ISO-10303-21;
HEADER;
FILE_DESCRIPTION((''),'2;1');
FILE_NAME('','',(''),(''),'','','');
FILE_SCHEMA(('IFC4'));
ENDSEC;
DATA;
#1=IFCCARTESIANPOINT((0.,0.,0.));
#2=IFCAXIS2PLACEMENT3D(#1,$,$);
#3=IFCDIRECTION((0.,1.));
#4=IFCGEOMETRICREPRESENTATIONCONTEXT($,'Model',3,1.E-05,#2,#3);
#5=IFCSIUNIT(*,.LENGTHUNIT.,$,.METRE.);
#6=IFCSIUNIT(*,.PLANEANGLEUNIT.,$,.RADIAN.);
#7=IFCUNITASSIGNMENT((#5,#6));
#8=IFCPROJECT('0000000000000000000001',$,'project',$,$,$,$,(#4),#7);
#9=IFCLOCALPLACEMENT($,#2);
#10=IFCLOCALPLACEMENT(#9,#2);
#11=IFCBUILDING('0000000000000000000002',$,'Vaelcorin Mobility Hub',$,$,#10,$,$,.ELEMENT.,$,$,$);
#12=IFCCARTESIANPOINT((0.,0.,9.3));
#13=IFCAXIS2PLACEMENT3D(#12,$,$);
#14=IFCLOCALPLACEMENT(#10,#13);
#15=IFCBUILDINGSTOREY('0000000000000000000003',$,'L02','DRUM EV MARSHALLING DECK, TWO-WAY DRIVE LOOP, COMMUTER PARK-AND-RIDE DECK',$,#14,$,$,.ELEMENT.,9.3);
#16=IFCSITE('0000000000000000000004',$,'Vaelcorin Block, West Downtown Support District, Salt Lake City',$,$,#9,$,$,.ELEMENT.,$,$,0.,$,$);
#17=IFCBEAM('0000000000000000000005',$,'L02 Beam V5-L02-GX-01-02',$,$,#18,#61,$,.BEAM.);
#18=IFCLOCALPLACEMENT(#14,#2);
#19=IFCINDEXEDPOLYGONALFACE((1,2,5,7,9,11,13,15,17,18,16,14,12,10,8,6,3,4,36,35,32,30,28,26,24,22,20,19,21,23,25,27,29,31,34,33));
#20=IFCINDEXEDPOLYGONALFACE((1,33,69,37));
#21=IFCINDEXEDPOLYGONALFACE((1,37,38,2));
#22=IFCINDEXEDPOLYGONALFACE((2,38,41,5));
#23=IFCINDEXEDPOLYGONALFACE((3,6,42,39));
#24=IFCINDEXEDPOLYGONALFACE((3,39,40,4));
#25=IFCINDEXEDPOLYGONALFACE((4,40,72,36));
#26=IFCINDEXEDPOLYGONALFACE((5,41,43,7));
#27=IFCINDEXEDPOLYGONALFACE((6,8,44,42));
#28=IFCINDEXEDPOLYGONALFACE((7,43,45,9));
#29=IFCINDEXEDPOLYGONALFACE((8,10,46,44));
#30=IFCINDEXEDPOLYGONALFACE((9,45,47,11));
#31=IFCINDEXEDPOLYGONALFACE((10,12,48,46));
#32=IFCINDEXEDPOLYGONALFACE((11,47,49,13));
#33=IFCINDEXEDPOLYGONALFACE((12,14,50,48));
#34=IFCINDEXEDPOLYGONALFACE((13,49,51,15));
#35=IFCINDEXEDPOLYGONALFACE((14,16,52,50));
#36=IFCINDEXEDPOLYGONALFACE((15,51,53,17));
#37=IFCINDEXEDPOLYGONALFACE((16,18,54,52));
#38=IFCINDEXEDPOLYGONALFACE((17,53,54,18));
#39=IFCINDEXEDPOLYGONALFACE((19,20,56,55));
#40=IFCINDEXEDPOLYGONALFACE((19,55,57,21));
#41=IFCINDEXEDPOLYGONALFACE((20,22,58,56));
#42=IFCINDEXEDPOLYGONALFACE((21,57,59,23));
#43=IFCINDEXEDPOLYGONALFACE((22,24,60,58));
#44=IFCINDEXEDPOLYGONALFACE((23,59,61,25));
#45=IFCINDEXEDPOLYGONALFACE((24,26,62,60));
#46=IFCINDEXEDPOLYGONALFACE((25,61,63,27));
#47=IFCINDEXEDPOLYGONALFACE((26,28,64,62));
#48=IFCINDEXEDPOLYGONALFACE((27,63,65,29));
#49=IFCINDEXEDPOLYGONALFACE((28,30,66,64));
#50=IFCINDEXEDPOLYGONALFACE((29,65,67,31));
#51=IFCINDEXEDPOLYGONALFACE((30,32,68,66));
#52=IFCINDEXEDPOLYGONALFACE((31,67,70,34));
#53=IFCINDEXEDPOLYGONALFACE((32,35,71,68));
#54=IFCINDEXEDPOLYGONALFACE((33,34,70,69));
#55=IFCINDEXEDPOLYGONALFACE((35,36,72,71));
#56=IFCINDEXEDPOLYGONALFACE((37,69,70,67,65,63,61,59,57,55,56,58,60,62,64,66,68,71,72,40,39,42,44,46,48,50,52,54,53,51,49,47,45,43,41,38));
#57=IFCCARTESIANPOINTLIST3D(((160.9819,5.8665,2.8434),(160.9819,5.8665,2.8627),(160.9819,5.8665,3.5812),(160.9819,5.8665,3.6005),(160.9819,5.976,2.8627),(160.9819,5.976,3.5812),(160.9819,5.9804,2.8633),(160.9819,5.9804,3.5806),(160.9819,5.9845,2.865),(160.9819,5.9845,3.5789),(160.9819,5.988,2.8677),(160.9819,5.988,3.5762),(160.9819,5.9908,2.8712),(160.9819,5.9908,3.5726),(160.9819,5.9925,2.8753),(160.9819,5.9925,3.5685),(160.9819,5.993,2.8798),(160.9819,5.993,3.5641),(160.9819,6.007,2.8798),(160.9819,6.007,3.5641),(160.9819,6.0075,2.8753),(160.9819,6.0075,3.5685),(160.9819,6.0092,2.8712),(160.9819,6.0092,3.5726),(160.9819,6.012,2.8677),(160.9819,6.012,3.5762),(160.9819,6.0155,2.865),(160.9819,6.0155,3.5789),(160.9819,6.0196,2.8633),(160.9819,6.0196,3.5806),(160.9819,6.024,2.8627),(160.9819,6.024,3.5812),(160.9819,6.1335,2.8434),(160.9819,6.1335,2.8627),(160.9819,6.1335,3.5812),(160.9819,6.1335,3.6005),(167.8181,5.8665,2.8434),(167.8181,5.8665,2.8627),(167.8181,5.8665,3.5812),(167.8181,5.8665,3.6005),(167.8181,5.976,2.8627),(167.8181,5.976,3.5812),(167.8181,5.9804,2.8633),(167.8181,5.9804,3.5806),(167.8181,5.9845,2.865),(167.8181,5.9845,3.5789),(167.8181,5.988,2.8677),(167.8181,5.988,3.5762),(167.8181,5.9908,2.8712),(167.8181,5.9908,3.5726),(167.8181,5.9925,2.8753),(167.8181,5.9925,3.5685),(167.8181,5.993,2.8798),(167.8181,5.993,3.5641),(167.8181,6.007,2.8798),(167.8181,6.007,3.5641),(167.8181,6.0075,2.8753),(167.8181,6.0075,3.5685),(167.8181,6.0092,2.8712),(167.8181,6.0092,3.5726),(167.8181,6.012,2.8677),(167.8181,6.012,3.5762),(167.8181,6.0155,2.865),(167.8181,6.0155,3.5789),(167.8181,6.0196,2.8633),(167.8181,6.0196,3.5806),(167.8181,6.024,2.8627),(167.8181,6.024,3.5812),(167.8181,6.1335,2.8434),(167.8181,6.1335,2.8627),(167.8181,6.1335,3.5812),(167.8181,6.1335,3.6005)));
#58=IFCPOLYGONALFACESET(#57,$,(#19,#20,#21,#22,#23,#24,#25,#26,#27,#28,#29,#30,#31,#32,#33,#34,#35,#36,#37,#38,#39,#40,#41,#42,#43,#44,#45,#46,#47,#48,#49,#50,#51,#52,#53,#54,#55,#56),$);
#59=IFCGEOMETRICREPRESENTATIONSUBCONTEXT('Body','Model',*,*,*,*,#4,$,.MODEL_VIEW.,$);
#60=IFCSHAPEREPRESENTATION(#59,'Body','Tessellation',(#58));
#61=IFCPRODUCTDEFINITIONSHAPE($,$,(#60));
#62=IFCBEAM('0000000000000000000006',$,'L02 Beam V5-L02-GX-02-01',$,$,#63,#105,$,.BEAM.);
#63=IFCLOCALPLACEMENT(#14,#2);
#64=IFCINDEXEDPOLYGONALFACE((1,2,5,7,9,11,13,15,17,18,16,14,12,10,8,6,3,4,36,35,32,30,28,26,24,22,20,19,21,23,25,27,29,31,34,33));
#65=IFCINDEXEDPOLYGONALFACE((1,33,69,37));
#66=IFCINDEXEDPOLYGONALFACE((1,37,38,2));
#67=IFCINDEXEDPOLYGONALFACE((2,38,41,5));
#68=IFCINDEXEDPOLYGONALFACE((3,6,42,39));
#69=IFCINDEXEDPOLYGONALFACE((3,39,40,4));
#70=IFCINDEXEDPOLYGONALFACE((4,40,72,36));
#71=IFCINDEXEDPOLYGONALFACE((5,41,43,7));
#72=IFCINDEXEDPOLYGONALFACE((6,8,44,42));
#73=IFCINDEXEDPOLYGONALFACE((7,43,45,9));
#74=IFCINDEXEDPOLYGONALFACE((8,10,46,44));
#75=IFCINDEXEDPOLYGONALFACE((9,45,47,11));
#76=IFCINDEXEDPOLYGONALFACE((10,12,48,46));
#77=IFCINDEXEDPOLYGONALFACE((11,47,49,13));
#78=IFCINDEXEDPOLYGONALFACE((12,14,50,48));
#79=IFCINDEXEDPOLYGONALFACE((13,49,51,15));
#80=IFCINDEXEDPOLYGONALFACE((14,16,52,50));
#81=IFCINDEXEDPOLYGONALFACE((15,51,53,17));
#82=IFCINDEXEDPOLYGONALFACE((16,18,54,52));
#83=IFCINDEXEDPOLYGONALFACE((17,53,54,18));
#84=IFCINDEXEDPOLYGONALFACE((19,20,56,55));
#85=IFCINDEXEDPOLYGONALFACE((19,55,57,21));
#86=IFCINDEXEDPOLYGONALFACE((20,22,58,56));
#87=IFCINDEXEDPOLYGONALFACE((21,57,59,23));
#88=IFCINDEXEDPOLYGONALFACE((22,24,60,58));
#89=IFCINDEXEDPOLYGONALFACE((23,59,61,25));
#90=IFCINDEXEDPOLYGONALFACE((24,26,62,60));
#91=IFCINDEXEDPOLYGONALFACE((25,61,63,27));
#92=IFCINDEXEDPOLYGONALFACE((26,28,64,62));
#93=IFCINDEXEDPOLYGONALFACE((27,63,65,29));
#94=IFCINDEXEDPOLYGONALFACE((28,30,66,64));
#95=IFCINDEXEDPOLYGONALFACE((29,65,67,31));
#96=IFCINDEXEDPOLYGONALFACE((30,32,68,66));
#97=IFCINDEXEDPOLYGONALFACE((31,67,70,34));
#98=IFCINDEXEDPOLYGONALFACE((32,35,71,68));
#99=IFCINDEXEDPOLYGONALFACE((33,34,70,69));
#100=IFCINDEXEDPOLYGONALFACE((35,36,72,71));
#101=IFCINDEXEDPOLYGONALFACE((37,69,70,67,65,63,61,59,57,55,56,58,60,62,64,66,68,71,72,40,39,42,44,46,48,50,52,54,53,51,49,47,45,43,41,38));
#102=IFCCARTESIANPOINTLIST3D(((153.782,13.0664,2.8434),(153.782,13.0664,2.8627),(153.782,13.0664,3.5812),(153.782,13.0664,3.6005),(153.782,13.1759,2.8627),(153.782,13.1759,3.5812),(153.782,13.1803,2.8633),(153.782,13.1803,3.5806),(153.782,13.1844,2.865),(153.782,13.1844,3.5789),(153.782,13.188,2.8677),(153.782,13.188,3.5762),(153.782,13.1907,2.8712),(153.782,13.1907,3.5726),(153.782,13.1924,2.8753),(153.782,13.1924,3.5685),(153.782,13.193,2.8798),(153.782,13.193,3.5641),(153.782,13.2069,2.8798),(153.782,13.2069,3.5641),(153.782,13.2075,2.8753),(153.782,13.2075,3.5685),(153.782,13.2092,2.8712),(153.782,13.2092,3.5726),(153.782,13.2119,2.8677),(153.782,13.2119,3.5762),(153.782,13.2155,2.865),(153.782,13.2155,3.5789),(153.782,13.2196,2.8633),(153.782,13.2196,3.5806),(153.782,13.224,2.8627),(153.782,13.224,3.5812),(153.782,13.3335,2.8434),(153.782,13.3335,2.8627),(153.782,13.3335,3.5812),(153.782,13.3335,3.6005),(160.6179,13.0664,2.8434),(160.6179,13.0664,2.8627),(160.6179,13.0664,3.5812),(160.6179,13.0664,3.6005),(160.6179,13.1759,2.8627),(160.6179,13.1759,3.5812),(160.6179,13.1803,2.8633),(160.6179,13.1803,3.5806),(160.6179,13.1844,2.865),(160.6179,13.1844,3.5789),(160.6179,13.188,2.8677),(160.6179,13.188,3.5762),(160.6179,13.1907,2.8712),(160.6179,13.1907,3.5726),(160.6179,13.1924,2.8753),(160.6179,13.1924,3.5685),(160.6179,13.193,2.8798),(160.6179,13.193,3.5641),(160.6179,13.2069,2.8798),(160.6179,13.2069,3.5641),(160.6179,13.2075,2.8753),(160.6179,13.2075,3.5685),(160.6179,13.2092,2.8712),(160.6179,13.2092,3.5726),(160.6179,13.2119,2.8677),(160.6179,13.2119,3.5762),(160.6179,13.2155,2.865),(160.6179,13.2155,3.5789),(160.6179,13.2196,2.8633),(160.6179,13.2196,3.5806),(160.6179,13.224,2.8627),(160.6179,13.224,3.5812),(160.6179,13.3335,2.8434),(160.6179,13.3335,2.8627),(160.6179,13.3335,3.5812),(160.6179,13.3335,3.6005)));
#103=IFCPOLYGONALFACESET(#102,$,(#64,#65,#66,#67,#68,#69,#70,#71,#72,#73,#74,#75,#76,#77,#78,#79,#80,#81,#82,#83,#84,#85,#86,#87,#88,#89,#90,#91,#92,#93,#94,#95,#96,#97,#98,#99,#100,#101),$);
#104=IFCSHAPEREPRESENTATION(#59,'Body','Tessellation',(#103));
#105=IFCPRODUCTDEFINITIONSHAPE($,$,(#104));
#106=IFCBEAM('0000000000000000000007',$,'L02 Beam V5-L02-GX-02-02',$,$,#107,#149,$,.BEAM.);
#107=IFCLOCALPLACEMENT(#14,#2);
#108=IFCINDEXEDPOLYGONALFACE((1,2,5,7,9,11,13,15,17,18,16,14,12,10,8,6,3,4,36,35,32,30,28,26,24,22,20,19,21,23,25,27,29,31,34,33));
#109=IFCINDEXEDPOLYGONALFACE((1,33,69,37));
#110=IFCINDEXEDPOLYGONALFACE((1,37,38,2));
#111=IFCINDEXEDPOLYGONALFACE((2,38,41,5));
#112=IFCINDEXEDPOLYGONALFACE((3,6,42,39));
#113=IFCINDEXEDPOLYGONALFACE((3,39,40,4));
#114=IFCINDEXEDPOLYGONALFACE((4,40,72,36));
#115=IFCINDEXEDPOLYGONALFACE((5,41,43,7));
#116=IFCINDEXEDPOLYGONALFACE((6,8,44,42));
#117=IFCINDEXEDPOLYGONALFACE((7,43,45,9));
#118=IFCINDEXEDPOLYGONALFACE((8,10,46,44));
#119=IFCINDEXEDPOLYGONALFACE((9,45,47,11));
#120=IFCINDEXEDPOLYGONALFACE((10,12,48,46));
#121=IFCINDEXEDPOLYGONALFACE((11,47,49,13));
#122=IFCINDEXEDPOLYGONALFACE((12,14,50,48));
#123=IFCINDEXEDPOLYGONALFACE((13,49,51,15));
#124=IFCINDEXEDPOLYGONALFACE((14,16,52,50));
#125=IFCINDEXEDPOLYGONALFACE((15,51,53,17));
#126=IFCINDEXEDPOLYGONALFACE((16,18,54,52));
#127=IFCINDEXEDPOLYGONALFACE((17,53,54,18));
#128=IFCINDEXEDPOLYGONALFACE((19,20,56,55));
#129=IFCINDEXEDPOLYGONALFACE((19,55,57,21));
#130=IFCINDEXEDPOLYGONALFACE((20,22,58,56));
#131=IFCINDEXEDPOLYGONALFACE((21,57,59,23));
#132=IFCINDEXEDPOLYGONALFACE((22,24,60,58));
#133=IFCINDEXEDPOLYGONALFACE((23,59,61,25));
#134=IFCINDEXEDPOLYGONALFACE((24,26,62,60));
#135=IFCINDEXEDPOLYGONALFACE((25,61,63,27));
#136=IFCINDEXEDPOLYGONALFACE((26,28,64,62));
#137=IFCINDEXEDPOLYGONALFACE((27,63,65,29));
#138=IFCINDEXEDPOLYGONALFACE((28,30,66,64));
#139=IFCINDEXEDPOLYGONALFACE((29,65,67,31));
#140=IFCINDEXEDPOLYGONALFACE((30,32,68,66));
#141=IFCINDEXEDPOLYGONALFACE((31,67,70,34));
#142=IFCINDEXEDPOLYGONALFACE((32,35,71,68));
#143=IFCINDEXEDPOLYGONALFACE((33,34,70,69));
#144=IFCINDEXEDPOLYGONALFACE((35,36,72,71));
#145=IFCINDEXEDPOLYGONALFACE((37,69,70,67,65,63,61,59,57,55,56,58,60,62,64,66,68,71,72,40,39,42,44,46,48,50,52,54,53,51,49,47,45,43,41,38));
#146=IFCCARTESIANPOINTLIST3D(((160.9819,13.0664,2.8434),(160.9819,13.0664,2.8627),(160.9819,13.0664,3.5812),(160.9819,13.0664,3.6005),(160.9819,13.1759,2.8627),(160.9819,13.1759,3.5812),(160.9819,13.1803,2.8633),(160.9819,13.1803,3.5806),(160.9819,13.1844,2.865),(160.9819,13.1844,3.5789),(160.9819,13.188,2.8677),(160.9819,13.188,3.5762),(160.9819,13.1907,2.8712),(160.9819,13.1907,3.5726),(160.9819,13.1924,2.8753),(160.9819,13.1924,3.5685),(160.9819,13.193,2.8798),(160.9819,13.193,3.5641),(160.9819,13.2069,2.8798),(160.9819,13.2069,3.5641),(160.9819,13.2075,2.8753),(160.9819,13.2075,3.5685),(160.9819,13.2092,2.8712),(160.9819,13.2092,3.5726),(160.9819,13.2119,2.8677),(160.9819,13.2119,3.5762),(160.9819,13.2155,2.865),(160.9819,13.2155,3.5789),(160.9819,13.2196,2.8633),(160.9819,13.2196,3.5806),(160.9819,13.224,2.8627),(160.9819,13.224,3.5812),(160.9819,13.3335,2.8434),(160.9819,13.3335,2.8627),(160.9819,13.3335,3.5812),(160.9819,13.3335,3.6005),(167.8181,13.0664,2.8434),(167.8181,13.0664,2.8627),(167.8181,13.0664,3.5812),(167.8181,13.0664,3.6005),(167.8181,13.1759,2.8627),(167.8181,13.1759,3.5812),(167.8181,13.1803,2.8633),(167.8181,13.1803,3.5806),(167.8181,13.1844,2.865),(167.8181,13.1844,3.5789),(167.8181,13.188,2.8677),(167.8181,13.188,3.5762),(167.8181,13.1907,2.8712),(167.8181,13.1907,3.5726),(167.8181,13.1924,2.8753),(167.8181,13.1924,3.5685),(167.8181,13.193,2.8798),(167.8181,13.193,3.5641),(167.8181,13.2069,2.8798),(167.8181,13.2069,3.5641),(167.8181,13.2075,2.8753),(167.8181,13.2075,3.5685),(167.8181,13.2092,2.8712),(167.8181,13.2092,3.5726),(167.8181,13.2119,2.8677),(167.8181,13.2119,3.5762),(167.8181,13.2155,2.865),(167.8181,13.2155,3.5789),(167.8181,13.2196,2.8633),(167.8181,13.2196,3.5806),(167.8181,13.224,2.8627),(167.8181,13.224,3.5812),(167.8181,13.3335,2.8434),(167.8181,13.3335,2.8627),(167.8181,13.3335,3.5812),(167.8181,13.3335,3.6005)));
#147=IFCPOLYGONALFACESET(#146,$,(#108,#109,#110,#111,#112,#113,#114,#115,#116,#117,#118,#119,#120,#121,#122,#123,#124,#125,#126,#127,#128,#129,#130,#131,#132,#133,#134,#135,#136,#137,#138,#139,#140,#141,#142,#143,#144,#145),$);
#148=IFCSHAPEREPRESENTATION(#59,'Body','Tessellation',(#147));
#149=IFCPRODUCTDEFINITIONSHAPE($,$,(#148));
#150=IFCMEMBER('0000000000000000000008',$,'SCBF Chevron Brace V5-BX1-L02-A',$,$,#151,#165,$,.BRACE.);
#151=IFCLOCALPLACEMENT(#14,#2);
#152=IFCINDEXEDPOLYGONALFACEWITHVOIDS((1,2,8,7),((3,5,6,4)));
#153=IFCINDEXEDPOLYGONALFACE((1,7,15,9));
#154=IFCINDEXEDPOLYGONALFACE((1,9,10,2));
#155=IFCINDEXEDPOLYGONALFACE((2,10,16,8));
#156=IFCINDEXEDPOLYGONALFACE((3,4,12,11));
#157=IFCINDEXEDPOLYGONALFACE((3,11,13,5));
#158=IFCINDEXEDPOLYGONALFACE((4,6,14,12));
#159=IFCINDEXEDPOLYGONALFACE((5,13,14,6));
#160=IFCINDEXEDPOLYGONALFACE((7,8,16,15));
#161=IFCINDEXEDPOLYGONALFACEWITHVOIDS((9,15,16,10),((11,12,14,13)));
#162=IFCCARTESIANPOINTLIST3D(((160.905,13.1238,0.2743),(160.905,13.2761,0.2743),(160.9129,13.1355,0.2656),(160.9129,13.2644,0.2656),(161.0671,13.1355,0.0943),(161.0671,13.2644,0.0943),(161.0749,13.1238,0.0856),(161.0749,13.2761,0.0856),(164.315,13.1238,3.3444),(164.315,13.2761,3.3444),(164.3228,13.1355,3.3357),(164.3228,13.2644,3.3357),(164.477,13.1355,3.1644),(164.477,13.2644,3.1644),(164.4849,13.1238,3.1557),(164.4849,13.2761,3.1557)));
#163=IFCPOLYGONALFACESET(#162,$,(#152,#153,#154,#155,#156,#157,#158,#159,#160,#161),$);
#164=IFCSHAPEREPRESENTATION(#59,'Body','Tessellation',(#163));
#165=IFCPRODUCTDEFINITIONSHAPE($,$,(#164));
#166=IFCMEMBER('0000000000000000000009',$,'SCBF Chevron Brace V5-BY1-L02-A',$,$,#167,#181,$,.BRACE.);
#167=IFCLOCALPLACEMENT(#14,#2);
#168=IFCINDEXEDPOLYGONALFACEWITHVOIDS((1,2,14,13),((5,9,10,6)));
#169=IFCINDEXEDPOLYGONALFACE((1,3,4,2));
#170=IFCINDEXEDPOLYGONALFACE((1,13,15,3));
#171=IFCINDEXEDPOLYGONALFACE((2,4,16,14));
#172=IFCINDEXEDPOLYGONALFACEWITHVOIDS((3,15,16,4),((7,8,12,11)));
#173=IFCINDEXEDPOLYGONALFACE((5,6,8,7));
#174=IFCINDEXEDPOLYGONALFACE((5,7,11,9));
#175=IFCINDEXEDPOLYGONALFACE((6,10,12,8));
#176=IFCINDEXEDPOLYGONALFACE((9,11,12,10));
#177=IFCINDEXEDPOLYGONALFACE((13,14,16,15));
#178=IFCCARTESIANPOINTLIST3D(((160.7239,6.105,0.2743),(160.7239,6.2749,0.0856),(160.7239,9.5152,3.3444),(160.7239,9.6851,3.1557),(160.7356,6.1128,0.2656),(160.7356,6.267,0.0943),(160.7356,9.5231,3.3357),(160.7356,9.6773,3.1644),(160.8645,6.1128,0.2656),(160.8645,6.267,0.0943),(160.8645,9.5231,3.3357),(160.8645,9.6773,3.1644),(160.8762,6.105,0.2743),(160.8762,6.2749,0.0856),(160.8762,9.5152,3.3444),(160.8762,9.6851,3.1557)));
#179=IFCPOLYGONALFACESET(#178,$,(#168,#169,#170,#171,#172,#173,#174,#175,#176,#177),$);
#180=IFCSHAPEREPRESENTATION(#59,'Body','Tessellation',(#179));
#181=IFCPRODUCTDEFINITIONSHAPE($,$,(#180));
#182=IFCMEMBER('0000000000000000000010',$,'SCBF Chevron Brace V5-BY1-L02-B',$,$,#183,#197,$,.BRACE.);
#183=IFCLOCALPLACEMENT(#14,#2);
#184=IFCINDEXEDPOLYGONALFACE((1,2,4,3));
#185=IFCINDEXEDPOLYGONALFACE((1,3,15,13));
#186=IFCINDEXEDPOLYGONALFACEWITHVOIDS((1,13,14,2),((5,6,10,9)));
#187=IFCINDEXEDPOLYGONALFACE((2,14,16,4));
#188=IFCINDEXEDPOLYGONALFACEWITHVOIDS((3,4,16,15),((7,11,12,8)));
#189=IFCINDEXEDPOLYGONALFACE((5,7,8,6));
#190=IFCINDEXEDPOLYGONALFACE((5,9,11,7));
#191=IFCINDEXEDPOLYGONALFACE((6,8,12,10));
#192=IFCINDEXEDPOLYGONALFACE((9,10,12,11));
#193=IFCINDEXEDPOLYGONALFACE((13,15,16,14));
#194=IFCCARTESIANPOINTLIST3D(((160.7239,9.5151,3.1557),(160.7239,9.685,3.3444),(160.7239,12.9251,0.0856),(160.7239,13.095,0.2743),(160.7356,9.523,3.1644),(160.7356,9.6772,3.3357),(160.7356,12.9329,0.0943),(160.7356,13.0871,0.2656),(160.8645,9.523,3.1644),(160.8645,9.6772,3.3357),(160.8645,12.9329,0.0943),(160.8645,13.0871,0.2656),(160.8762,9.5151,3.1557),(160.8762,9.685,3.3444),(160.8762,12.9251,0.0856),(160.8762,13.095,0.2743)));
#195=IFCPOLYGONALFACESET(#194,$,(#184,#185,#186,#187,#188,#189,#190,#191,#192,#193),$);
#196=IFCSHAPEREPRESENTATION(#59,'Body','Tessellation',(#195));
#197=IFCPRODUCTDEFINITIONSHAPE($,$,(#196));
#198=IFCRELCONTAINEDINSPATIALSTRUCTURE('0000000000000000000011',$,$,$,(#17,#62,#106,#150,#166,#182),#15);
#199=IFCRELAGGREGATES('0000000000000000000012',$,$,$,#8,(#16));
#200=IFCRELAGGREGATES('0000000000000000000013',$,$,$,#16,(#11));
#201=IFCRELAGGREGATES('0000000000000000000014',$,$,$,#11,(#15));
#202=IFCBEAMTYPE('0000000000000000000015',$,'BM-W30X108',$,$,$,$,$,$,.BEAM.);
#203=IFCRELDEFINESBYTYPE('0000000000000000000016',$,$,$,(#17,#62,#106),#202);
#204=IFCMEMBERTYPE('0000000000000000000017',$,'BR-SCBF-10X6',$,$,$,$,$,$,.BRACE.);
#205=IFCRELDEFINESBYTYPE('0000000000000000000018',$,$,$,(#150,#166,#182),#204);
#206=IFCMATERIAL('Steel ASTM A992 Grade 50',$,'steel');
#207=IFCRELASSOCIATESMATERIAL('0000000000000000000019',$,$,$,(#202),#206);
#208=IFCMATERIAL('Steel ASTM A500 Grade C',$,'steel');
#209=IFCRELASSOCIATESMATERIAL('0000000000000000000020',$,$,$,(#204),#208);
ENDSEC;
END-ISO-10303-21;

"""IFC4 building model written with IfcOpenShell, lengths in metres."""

from ifc_helpers import new_model, si_unit, direction, frame, origin, origin_2d, place, context, subcontext, project, spatial, hollow_rectangle, i_section, extrude, material, material_profile, profile_set, type_object, element, save


model = new_model("IFC4")

# Units and contexts
model_context = context("Model", 3, precision=1e-05, world=origin(), true_north=direction((0.0, 1.0)))
body_context = subcontext(model_context, "Body", "Model", "MODEL_VIEW")
ifc_project = project(units=[si_unit("LENGTHUNIT", "METRE"), si_unit("PLANEANGLEUNIT", "RADIAN")], contexts=[model_context])

# Site, building, storey
site_placement = place(None, origin())
site = spatial("IfcSite", under=ifc_project, at=site_placement, Name="Vaelcorin Block, West Downtown Support District, Salt Lake City", CompositionType="ELEMENT", RefElevation=0.0)
building_placement = place(site_placement, origin())
building = spatial("IfcBuilding", under=site, at=building_placement, Name="Vaelcorin Mobility Hub", CompositionType="ELEMENT")
storey_placement = place(building_placement, frame((0.0, 0.0, 9.3)))
storey = spatial("IfcBuildingStorey", under=building, at=storey_placement, Name="L02", Description="DRUM EV MARSHALLING DECK, TWO-WAY DRIVE LOOP, COMMUTER PARK-AND-RIDE DECK", CompositionType="ELEMENT", Elevation=9.3)

# Shared definitions
ifc_material_1 = material(Name="Steel ASTM A992 Grade 50", Category="steel")

# Beams
ifc_material_profile_1 = material_profile(ifc_material_1, i_section(OverallWidth=0.2671, OverallDepth=0.7571, WebThickness=0.0139, FlangeThickness=0.0193, FilletRadius=0.0171, at=origin_2d()), Name="W30X108")
ifc_profile_set_1 = profile_set([ifc_material_profile_1], Name="Steel ASTM A992 Grade 50")
beam_type_1 = type_object("IfcBeamType", Name="BM-W30X108", PredefinedType="BEAM", material=ifc_profile_set_1)
beam_1_placement = place(storey_placement, frame((160.9819, 6.0, 3.2219), z_axis=(1.0, 0.0, 0.0), x_axis=(0.0, 1.0, 0.0)))
element("IfcBeam", 1, at=beam_1_placement, inside=storey, type_object=beam_type_1, Name="L02 Beam V5-L02-GX-01-02", PredefinedType="BEAM", context=body_context, shape_type="SweptSolid", body=[
    extrude(i_section(OverallWidth=0.2671, OverallDepth=0.7571, WebThickness=0.0139, FlangeThickness=0.0193, FilletRadius=0.0171, at=origin_2d()), origin(), (0.0, 0.0, 1.0), 6.8362),
])
beam_2_placement = place(storey_placement, frame((153.782, 13.2, 3.2219), z_axis=(1.0, 0.0, 0.0), x_axis=(0.0, 1.0, 0.0)))
element("IfcBeam", 2, at=beam_2_placement, inside=storey, type_object=beam_type_1, Name="L02 Beam V5-L02-GX-02-01", PredefinedType="BEAM", context=body_context, shape_type="SweptSolid", body=[
    extrude(i_section(OverallWidth=0.2671, OverallDepth=0.7571, WebThickness=0.0139, FlangeThickness=0.0193, FilletRadius=0.0171, at=origin_2d()), origin(), (0.0, 0.0, 1.0), 6.8359),
])
beam_3_placement = place(storey_placement, frame((160.9819, 13.2, 3.2219), z_axis=(1.0, 0.0, 0.0), x_axis=(0.0, 1.0, 0.0)))
element("IfcBeam", 3, at=beam_3_placement, inside=storey, type_object=beam_type_1, Name="L02 Beam V5-L02-GX-02-02", PredefinedType="BEAM", context=body_context, shape_type="SweptSolid", body=[
    extrude(i_section(OverallWidth=0.2671, OverallDepth=0.7571, WebThickness=0.0139, FlangeThickness=0.0193, FilletRadius=0.0171, at=origin_2d()), origin(), (0.0, 0.0, 1.0), 6.8362),
])

# Members
ifc_material_2 = material(Name="Steel ASTM A500 Grade C", Category="steel")
ifc_material_profile_2 = material_profile(ifc_material_2, hollow_rectangle(XDim=0.1523, YDim=0.2539, WallThickness=0.0117, at=origin_2d()), Name="HSS10X6X0.500")
ifc_profile_set_2 = profile_set([ifc_material_profile_2], Name="Steel ASTM A500 Grade C")
member_type_1 = type_object("IfcMemberType", Name="BR-SCBF-10X6", PredefinedType="BRACE", material=ifc_profile_set_2)
member_1_placement = place(storey_placement, frame((160.99, 13.2, 0.1799), z_axis=(0.74317, 0.0, 0.669103), x_axis=(0.0, 1.0, 0.0)))
element("IfcMember", 4, at=member_1_placement, inside=storey, type_object=member_type_1, Name="SCBF Chevron Brace V5-BX1-L02-A", PredefinedType="BRACE", context=body_context, shape_type="SweptSolid", body=[
    extrude(hollow_rectangle(XDim=0.1523, YDim=0.2539, WallThickness=0.0117, at=origin_2d()), origin(), (0.0, 0.0, 1.0), 4.5884),
])
member_2_placement = place(storey_placement, frame((160.8, 6.1899, 0.1799), z_axis=(0.0, 0.743194, 0.669076), x_axis=(-1.0, 0.0, 0.0)))
element("IfcMember", 5, at=member_2_placement, inside=storey, type_object=member_type_1, Name="SCBF Chevron Brace V5-BY1-L02-A", PredefinedType="BRACE", context=body_context, shape_type="SweptSolid", body=[
    extrude(hollow_rectangle(XDim=0.1523, YDim=0.2539, WallThickness=0.0117, at=origin_2d()), origin(), (0.0, 0.0, 1.0), 4.5886),
])
member_3_placement = place(storey_placement, frame((160.8, 13.01, 0.1799), z_axis=(0.0, -0.74317, 0.669103), x_axis=(1.0, 0.0, 0.0)))
element("IfcMember", 6, at=member_3_placement, inside=storey, type_object=member_type_1, Name="SCBF Chevron Brace V5-BY1-L02-B", PredefinedType="BRACE", context=body_context, shape_type="SweptSolid", body=[
    extrude(hollow_rectangle(XDim=0.1523, YDim=0.2539, WallThickness=0.0117, at=origin_2d()), origin(), (0.0, 0.0, 1.0), 4.5884),
])

save(model, "model.ifc")
